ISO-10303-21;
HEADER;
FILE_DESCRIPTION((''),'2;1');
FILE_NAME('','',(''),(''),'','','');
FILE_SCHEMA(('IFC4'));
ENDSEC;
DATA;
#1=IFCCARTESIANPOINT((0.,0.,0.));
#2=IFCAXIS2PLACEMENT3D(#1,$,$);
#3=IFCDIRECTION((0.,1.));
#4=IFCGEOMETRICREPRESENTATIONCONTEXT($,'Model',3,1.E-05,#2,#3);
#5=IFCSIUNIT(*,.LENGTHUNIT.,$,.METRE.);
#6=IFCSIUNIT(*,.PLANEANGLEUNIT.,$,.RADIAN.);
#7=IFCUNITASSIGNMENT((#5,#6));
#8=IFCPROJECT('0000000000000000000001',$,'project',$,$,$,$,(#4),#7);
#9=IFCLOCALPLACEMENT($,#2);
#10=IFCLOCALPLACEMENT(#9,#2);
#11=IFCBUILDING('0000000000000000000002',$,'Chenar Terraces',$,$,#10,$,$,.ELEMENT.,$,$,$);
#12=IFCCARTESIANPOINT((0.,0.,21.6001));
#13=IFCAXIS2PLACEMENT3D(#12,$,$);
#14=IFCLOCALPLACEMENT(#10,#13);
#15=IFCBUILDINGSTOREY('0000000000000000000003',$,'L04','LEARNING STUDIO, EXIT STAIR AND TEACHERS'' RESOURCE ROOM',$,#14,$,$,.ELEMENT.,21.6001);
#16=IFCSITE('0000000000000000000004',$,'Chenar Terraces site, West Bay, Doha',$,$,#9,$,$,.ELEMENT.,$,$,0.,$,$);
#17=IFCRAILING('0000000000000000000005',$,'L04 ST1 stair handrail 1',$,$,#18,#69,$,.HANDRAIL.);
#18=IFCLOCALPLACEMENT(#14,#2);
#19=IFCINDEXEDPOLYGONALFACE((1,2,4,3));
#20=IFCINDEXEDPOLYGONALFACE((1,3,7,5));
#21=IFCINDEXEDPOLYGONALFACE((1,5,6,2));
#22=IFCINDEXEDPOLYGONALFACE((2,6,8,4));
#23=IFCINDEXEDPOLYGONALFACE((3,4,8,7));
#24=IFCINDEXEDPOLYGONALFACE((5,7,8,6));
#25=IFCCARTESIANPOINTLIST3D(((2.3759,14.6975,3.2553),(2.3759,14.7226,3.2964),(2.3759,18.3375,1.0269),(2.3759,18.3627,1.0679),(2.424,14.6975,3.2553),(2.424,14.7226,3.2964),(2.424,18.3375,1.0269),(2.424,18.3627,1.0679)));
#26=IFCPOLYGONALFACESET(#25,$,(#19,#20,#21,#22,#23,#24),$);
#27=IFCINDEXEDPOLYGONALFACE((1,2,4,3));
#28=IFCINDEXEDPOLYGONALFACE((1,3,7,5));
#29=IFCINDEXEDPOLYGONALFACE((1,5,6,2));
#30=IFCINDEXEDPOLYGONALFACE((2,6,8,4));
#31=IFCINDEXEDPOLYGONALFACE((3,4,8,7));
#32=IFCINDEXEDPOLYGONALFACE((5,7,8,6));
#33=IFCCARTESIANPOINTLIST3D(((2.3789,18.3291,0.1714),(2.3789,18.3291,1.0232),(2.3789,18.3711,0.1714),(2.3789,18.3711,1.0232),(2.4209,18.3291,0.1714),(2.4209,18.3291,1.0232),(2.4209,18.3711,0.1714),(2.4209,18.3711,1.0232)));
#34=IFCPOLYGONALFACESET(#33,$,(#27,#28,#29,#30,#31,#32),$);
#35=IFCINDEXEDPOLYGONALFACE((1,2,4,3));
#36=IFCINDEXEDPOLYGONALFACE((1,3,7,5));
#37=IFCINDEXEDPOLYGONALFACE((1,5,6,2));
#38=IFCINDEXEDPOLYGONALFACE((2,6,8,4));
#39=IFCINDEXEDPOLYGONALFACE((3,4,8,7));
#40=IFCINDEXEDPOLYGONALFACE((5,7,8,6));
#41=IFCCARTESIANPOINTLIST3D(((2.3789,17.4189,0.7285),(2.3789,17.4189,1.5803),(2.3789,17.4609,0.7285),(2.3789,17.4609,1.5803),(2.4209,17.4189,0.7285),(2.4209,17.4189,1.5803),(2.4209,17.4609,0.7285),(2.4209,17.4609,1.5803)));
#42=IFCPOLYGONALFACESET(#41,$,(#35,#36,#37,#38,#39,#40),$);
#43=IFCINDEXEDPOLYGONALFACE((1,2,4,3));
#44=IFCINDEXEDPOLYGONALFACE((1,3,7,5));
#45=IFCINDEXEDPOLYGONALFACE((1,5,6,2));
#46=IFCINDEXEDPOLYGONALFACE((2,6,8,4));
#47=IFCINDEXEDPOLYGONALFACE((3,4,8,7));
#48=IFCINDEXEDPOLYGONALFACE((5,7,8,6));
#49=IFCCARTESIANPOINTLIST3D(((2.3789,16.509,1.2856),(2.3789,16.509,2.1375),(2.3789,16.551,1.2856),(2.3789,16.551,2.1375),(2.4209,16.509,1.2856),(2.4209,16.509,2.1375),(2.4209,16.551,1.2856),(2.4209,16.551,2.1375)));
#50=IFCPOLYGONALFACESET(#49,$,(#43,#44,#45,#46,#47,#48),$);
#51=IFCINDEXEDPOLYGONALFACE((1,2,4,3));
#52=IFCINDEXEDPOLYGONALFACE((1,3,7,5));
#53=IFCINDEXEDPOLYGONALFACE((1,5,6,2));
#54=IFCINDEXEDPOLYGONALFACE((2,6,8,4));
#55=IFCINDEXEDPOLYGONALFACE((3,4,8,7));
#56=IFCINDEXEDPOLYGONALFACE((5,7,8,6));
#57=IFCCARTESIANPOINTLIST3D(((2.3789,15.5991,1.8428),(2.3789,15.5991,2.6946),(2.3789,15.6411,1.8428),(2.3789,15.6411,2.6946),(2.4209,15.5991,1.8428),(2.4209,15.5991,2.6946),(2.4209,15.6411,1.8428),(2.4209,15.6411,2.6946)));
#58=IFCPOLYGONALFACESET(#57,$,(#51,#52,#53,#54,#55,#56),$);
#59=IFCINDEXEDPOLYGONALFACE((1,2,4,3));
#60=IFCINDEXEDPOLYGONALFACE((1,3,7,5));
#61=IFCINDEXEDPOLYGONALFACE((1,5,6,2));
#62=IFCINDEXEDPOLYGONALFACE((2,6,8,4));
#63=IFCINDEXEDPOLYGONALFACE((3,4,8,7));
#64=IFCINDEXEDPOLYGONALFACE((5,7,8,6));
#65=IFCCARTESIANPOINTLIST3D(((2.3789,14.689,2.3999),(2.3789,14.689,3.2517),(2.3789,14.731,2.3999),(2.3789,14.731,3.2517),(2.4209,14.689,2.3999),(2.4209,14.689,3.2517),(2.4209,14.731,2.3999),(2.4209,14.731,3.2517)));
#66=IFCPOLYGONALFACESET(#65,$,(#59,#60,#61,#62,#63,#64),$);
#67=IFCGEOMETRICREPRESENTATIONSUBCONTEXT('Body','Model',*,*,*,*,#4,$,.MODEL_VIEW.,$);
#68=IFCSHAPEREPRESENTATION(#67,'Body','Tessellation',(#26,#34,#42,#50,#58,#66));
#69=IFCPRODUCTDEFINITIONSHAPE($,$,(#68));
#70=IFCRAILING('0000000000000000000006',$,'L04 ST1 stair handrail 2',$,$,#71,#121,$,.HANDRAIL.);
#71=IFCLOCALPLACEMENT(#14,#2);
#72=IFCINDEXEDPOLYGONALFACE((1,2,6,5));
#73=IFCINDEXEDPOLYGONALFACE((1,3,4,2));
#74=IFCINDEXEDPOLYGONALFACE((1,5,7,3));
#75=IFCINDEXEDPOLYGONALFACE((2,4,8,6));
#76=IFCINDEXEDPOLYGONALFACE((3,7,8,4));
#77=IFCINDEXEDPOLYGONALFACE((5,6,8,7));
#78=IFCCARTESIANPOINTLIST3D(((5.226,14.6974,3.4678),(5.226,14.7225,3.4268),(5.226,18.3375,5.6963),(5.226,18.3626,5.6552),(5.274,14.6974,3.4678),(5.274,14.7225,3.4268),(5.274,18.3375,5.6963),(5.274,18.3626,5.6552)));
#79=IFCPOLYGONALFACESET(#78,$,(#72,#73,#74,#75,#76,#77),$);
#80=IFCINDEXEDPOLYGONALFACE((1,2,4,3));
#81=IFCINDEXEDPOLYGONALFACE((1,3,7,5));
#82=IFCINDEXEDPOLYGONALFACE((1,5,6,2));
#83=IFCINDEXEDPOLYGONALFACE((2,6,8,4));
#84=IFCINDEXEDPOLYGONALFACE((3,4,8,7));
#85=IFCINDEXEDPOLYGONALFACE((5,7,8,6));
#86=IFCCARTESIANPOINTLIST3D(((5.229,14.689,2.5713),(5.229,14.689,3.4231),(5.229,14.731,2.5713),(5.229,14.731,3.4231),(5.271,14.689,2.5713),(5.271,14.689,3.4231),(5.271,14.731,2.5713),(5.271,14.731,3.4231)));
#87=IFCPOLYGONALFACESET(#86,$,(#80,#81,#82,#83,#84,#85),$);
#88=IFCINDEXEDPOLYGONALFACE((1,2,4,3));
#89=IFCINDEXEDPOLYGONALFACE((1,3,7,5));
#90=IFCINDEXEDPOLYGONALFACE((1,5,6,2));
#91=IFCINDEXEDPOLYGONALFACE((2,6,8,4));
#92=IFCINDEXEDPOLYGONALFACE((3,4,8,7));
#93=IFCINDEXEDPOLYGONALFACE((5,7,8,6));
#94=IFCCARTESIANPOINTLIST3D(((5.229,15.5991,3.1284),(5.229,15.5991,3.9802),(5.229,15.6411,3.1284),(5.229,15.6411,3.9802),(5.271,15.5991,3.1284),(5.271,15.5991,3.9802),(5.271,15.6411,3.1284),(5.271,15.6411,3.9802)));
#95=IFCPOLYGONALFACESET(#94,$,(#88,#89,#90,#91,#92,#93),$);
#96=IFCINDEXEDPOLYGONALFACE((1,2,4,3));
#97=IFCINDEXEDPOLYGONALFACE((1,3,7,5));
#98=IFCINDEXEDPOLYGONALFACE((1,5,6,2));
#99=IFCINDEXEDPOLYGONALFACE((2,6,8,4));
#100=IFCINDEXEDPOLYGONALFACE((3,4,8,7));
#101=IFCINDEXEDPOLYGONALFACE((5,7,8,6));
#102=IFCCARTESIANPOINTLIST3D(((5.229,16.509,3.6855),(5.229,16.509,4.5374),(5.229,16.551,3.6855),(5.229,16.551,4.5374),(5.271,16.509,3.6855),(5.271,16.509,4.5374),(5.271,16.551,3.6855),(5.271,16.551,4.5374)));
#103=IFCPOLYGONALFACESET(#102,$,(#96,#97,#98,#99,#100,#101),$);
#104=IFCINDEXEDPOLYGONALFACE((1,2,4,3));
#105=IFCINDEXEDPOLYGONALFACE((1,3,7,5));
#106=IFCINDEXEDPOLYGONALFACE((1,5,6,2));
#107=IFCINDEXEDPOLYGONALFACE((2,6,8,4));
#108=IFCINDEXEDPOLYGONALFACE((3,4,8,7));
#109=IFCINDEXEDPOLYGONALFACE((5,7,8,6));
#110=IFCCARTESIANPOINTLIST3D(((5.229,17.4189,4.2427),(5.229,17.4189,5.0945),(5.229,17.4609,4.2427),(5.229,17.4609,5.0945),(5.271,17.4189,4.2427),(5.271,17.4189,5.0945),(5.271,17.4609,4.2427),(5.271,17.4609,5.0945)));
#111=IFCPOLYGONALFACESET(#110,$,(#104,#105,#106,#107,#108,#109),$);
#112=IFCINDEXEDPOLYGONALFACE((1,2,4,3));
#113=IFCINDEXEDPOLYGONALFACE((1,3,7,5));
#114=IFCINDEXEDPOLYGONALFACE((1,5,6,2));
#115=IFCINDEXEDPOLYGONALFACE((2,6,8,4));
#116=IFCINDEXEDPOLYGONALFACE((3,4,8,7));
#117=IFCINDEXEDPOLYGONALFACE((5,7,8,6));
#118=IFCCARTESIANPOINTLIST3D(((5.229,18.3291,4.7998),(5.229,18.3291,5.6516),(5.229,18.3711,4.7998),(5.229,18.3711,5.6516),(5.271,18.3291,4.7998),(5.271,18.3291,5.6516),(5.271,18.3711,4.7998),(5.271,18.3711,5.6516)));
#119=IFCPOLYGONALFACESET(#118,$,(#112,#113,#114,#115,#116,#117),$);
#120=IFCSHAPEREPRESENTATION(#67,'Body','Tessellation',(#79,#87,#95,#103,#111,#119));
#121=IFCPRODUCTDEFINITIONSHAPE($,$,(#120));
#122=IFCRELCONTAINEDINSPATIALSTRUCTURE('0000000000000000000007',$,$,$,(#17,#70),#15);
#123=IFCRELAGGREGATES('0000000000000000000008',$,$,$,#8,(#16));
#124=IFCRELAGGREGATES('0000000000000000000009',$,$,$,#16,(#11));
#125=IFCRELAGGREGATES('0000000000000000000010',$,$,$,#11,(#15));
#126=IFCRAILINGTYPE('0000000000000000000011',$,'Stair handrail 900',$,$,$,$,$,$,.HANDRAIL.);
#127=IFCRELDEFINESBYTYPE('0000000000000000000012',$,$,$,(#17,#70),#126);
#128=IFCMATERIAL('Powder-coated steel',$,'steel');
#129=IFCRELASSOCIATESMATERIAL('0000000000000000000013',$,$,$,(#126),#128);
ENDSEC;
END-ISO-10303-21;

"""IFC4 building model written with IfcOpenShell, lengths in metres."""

from ifc_helpers import new_model, si_unit, direction, frame, origin, origin_2d, place, context, subcontext, project, spatial, rectangle, extrude, material, type_object, element, save


model = new_model("IFC4")

# Units and contexts
model_context = context("Model", 3, precision=1e-05, world=origin(), true_north=direction((0.0, 1.0)))
body_context = subcontext(model_context, "Body", "Model", "MODEL_VIEW")
ifc_project = project(units=[si_unit("LENGTHUNIT", "METRE"), si_unit("PLANEANGLEUNIT", "RADIAN")], contexts=[model_context])

# Site, building, storey
site_placement = place(None, origin())
site = spatial("IfcSite", under=ifc_project, at=site_placement, Name="Chenar Terraces site, West Bay, Doha", CompositionType="ELEMENT", RefElevation=0.0)
building_placement = place(site_placement, origin())
building = spatial("IfcBuilding", under=site, at=building_placement, Name="Chenar Terraces", CompositionType="ELEMENT")
storey_placement = place(building_placement, frame((0.0, 0.0, 21.6001)))
storey = spatial("IfcBuildingStorey", under=building, at=storey_placement, Name="L04", Description="LEARNING STUDIO, EXIT STAIR AND TEACHERS' RESOURCE ROOM", CompositionType="ELEMENT", Elevation=21.6001)

# Railings
ifc_material_1 = material(Name="Powder-coated steel", Category="steel")
railing_type_1 = type_object("IfcRailingType", Name="Stair handrail 900", PredefinedType="HANDRAIL", material=ifc_material_1)
railing_1_placement = place(storey_placement, frame((2.3999, 18.3501, 0.1714)))
element("IfcRailing", 1, at=railing_1_placement, inside=storey, type_object=railing_type_1, Name="L04 ST1 stair handrail 1", PredefinedType="HANDRAIL", context=body_context, shape_type="SweptSolid", body=[
    extrude(rectangle(XDim=0.0481, YDim=0.0481, at=origin_2d()), frame((0.0, 0.0, 0.876), z_axis=(0.0, -0.852866, 0.52213), x_axis=(1.0, 0.0, 0.0)), (0.0, 0.0, 1.0), 4.2681),
    extrude(rectangle(XDim=0.042, YDim=0.042, at=origin_2d()), origin(), (0.0, 0.0, 1.0), 0.8518),
    extrude(rectangle(XDim=0.042, YDim=0.042, at=origin_2d()), frame((0.0, -0.9102, 0.5571)), (0.0, 0.0, 1.0), 0.8518),
    extrude(rectangle(XDim=0.042, YDim=0.042, at=origin_2d()), frame((0.0, -1.8201, 1.1143)), (0.0, 0.0, 1.0), 0.8518),
    extrude(rectangle(XDim=0.042, YDim=0.042, at=origin_2d()), frame((0.0, -2.73, 1.6714)), (0.0, 0.0, 1.0), 0.8518),
    extrude(rectangle(XDim=0.042, YDim=0.042, at=origin_2d()), frame((0.0, -3.6401, 2.2285)), (0.0, 0.0, 1.0), 0.8518),
])
railing_2_placement = place(storey_placement, frame((5.25, 14.71, 2.5713)))
element("IfcRailing", 2, at=railing_2_placement, inside=storey, type_object=railing_type_1, Name="L04 ST1 stair handrail 2", PredefinedType="HANDRAIL", context=body_context, shape_type="SweptSolid", body=[
    extrude(rectangle(XDim=0.0481, YDim=0.0481, at=origin_2d()), frame((0.0, 0.0, 0.876), z_axis=(0.0, 0.852866, 0.52213), x_axis=(-1.0, 0.0, 0.0)), (0.0, 0.0, 1.0), 4.2681),
    extrude(rectangle(XDim=0.042, YDim=0.042, at=origin_2d()), origin(), (0.0, 0.0, 1.0), 0.8518),
    extrude(rectangle(XDim=0.042, YDim=0.042, at=origin_2d()), frame((0.0, 0.9102, 0.5571)), (0.0, 0.0, 1.0), 0.8518),
    extrude(rectangle(XDim=0.042, YDim=0.042, at=origin_2d()), frame((0.0, 1.8201, 1.1143)), (0.0, 0.0, 1.0), 0.8518),
    extrude(rectangle(XDim=0.042, YDim=0.042, at=origin_2d()), frame((0.0, 2.73, 1.6714)), (0.0, 0.0, 1.0), 0.8518),
    extrude(rectangle(XDim=0.042, YDim=0.042, at=origin_2d()), frame((0.0, 3.6401, 2.2285)), (0.0, 0.0, 1.0), 0.8518),
])

save(model, "model.ifc")
